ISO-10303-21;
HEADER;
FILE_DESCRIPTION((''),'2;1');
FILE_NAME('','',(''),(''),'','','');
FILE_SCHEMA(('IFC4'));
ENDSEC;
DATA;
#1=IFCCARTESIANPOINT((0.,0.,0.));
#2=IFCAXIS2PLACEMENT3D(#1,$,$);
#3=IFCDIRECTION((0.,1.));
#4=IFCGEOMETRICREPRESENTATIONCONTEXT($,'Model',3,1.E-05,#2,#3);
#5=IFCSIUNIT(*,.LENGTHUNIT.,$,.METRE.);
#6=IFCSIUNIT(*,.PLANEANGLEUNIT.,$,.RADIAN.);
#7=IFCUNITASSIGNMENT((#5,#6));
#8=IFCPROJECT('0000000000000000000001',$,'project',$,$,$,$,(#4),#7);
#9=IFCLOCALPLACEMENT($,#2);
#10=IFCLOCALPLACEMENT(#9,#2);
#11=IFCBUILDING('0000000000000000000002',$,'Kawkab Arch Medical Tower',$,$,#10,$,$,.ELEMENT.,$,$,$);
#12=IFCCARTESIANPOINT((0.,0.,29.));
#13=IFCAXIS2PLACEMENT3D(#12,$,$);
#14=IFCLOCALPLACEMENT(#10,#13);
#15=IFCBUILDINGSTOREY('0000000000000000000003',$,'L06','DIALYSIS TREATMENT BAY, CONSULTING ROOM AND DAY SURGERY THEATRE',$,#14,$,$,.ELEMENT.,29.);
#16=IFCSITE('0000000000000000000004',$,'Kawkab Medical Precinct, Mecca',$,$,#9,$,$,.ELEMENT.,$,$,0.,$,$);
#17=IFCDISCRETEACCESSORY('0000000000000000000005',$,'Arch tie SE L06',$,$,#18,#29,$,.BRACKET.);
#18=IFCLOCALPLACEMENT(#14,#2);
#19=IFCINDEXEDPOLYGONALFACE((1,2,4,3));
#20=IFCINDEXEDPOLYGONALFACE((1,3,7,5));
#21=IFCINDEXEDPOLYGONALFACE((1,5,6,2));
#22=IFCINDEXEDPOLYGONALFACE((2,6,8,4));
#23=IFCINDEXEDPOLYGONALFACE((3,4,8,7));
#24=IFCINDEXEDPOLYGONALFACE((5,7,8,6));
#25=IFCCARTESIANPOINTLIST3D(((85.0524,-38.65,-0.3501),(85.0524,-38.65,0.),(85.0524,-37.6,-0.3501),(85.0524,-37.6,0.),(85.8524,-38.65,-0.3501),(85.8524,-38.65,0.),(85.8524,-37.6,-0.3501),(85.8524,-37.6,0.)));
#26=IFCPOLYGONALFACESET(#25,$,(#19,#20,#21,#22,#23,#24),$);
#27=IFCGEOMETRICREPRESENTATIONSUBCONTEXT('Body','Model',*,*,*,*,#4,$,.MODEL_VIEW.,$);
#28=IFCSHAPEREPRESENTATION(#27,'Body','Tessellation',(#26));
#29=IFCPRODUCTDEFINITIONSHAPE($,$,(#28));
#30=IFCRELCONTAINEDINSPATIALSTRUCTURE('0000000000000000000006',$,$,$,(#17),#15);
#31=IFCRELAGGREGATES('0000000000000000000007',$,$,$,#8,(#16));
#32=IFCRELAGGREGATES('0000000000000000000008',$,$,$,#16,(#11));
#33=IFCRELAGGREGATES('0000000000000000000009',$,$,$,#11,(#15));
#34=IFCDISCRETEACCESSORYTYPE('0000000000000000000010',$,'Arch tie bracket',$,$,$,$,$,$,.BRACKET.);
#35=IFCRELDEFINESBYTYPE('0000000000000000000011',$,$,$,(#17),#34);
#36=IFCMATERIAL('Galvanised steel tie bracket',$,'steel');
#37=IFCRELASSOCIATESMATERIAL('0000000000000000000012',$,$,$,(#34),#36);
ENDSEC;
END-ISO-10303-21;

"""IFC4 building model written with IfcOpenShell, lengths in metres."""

from ifc_helpers import new_model, si_unit, direction, frame, origin, origin_2d, place, context, subcontext, project, spatial, rectangle, extrude, material, type_object, element, save


model = new_model("IFC4")

# Units and contexts
model_context = context("Model", 3, precision=1e-05, world=origin(), true_north=direction((0.0, 1.0)))
body_context = subcontext(model_context, "Body", "Model", "MODEL_VIEW")
ifc_project = project(units=[si_unit("LENGTHUNIT", "METRE"), si_unit("PLANEANGLEUNIT", "RADIAN")], contexts=[model_context])

# Site, building, storey
site_placement = place(None, origin())
site = spatial("IfcSite", under=ifc_project, at=site_placement, Name="Kawkab Medical Precinct, Mecca", CompositionType="ELEMENT", RefElevation=0.0)
building_placement = place(site_placement, origin())
building = spatial("IfcBuilding", under=site, at=building_placement, Name="Kawkab Arch Medical Tower", CompositionType="ELEMENT")
storey_placement = place(building_placement, frame((0.0, 0.0, 29.0)))
storey = spatial("IfcBuildingStorey", under=building, at=storey_placement, Name="L06", Description="DIALYSIS TREATMENT BAY, CONSULTING ROOM AND DAY SURGERY THEATRE", CompositionType="ELEMENT", Elevation=29.0)

# Discrete accessory
ifc_material_1 = material(Name="Galvanised steel tie bracket", Category="steel")
discrete_accessory_type = type_object("IfcDiscreteAccessoryType", Name="Arch tie bracket", PredefinedType="BRACKET", material=ifc_material_1)
discrete_accessory_placement = place(storey_placement, frame((85.4524, -38.125, -0.3501), z_axis=(0.0, 0.0, 1.0), x_axis=(1.0, 0.0, 0.0)))
element("IfcDiscreteAccessory", 1, at=discrete_accessory_placement, inside=storey, type_object=discrete_accessory_type, Name="Arch tie SE L06", PredefinedType="BRACKET", context=body_context, shape_type="SweptSolid", body=[
    extrude(rectangle(XDim=0.8, YDim=1.05, at=origin_2d()), origin(), (0.0, 0.0, 1.0), 0.3501),
])

save(model, "model.ifc")
